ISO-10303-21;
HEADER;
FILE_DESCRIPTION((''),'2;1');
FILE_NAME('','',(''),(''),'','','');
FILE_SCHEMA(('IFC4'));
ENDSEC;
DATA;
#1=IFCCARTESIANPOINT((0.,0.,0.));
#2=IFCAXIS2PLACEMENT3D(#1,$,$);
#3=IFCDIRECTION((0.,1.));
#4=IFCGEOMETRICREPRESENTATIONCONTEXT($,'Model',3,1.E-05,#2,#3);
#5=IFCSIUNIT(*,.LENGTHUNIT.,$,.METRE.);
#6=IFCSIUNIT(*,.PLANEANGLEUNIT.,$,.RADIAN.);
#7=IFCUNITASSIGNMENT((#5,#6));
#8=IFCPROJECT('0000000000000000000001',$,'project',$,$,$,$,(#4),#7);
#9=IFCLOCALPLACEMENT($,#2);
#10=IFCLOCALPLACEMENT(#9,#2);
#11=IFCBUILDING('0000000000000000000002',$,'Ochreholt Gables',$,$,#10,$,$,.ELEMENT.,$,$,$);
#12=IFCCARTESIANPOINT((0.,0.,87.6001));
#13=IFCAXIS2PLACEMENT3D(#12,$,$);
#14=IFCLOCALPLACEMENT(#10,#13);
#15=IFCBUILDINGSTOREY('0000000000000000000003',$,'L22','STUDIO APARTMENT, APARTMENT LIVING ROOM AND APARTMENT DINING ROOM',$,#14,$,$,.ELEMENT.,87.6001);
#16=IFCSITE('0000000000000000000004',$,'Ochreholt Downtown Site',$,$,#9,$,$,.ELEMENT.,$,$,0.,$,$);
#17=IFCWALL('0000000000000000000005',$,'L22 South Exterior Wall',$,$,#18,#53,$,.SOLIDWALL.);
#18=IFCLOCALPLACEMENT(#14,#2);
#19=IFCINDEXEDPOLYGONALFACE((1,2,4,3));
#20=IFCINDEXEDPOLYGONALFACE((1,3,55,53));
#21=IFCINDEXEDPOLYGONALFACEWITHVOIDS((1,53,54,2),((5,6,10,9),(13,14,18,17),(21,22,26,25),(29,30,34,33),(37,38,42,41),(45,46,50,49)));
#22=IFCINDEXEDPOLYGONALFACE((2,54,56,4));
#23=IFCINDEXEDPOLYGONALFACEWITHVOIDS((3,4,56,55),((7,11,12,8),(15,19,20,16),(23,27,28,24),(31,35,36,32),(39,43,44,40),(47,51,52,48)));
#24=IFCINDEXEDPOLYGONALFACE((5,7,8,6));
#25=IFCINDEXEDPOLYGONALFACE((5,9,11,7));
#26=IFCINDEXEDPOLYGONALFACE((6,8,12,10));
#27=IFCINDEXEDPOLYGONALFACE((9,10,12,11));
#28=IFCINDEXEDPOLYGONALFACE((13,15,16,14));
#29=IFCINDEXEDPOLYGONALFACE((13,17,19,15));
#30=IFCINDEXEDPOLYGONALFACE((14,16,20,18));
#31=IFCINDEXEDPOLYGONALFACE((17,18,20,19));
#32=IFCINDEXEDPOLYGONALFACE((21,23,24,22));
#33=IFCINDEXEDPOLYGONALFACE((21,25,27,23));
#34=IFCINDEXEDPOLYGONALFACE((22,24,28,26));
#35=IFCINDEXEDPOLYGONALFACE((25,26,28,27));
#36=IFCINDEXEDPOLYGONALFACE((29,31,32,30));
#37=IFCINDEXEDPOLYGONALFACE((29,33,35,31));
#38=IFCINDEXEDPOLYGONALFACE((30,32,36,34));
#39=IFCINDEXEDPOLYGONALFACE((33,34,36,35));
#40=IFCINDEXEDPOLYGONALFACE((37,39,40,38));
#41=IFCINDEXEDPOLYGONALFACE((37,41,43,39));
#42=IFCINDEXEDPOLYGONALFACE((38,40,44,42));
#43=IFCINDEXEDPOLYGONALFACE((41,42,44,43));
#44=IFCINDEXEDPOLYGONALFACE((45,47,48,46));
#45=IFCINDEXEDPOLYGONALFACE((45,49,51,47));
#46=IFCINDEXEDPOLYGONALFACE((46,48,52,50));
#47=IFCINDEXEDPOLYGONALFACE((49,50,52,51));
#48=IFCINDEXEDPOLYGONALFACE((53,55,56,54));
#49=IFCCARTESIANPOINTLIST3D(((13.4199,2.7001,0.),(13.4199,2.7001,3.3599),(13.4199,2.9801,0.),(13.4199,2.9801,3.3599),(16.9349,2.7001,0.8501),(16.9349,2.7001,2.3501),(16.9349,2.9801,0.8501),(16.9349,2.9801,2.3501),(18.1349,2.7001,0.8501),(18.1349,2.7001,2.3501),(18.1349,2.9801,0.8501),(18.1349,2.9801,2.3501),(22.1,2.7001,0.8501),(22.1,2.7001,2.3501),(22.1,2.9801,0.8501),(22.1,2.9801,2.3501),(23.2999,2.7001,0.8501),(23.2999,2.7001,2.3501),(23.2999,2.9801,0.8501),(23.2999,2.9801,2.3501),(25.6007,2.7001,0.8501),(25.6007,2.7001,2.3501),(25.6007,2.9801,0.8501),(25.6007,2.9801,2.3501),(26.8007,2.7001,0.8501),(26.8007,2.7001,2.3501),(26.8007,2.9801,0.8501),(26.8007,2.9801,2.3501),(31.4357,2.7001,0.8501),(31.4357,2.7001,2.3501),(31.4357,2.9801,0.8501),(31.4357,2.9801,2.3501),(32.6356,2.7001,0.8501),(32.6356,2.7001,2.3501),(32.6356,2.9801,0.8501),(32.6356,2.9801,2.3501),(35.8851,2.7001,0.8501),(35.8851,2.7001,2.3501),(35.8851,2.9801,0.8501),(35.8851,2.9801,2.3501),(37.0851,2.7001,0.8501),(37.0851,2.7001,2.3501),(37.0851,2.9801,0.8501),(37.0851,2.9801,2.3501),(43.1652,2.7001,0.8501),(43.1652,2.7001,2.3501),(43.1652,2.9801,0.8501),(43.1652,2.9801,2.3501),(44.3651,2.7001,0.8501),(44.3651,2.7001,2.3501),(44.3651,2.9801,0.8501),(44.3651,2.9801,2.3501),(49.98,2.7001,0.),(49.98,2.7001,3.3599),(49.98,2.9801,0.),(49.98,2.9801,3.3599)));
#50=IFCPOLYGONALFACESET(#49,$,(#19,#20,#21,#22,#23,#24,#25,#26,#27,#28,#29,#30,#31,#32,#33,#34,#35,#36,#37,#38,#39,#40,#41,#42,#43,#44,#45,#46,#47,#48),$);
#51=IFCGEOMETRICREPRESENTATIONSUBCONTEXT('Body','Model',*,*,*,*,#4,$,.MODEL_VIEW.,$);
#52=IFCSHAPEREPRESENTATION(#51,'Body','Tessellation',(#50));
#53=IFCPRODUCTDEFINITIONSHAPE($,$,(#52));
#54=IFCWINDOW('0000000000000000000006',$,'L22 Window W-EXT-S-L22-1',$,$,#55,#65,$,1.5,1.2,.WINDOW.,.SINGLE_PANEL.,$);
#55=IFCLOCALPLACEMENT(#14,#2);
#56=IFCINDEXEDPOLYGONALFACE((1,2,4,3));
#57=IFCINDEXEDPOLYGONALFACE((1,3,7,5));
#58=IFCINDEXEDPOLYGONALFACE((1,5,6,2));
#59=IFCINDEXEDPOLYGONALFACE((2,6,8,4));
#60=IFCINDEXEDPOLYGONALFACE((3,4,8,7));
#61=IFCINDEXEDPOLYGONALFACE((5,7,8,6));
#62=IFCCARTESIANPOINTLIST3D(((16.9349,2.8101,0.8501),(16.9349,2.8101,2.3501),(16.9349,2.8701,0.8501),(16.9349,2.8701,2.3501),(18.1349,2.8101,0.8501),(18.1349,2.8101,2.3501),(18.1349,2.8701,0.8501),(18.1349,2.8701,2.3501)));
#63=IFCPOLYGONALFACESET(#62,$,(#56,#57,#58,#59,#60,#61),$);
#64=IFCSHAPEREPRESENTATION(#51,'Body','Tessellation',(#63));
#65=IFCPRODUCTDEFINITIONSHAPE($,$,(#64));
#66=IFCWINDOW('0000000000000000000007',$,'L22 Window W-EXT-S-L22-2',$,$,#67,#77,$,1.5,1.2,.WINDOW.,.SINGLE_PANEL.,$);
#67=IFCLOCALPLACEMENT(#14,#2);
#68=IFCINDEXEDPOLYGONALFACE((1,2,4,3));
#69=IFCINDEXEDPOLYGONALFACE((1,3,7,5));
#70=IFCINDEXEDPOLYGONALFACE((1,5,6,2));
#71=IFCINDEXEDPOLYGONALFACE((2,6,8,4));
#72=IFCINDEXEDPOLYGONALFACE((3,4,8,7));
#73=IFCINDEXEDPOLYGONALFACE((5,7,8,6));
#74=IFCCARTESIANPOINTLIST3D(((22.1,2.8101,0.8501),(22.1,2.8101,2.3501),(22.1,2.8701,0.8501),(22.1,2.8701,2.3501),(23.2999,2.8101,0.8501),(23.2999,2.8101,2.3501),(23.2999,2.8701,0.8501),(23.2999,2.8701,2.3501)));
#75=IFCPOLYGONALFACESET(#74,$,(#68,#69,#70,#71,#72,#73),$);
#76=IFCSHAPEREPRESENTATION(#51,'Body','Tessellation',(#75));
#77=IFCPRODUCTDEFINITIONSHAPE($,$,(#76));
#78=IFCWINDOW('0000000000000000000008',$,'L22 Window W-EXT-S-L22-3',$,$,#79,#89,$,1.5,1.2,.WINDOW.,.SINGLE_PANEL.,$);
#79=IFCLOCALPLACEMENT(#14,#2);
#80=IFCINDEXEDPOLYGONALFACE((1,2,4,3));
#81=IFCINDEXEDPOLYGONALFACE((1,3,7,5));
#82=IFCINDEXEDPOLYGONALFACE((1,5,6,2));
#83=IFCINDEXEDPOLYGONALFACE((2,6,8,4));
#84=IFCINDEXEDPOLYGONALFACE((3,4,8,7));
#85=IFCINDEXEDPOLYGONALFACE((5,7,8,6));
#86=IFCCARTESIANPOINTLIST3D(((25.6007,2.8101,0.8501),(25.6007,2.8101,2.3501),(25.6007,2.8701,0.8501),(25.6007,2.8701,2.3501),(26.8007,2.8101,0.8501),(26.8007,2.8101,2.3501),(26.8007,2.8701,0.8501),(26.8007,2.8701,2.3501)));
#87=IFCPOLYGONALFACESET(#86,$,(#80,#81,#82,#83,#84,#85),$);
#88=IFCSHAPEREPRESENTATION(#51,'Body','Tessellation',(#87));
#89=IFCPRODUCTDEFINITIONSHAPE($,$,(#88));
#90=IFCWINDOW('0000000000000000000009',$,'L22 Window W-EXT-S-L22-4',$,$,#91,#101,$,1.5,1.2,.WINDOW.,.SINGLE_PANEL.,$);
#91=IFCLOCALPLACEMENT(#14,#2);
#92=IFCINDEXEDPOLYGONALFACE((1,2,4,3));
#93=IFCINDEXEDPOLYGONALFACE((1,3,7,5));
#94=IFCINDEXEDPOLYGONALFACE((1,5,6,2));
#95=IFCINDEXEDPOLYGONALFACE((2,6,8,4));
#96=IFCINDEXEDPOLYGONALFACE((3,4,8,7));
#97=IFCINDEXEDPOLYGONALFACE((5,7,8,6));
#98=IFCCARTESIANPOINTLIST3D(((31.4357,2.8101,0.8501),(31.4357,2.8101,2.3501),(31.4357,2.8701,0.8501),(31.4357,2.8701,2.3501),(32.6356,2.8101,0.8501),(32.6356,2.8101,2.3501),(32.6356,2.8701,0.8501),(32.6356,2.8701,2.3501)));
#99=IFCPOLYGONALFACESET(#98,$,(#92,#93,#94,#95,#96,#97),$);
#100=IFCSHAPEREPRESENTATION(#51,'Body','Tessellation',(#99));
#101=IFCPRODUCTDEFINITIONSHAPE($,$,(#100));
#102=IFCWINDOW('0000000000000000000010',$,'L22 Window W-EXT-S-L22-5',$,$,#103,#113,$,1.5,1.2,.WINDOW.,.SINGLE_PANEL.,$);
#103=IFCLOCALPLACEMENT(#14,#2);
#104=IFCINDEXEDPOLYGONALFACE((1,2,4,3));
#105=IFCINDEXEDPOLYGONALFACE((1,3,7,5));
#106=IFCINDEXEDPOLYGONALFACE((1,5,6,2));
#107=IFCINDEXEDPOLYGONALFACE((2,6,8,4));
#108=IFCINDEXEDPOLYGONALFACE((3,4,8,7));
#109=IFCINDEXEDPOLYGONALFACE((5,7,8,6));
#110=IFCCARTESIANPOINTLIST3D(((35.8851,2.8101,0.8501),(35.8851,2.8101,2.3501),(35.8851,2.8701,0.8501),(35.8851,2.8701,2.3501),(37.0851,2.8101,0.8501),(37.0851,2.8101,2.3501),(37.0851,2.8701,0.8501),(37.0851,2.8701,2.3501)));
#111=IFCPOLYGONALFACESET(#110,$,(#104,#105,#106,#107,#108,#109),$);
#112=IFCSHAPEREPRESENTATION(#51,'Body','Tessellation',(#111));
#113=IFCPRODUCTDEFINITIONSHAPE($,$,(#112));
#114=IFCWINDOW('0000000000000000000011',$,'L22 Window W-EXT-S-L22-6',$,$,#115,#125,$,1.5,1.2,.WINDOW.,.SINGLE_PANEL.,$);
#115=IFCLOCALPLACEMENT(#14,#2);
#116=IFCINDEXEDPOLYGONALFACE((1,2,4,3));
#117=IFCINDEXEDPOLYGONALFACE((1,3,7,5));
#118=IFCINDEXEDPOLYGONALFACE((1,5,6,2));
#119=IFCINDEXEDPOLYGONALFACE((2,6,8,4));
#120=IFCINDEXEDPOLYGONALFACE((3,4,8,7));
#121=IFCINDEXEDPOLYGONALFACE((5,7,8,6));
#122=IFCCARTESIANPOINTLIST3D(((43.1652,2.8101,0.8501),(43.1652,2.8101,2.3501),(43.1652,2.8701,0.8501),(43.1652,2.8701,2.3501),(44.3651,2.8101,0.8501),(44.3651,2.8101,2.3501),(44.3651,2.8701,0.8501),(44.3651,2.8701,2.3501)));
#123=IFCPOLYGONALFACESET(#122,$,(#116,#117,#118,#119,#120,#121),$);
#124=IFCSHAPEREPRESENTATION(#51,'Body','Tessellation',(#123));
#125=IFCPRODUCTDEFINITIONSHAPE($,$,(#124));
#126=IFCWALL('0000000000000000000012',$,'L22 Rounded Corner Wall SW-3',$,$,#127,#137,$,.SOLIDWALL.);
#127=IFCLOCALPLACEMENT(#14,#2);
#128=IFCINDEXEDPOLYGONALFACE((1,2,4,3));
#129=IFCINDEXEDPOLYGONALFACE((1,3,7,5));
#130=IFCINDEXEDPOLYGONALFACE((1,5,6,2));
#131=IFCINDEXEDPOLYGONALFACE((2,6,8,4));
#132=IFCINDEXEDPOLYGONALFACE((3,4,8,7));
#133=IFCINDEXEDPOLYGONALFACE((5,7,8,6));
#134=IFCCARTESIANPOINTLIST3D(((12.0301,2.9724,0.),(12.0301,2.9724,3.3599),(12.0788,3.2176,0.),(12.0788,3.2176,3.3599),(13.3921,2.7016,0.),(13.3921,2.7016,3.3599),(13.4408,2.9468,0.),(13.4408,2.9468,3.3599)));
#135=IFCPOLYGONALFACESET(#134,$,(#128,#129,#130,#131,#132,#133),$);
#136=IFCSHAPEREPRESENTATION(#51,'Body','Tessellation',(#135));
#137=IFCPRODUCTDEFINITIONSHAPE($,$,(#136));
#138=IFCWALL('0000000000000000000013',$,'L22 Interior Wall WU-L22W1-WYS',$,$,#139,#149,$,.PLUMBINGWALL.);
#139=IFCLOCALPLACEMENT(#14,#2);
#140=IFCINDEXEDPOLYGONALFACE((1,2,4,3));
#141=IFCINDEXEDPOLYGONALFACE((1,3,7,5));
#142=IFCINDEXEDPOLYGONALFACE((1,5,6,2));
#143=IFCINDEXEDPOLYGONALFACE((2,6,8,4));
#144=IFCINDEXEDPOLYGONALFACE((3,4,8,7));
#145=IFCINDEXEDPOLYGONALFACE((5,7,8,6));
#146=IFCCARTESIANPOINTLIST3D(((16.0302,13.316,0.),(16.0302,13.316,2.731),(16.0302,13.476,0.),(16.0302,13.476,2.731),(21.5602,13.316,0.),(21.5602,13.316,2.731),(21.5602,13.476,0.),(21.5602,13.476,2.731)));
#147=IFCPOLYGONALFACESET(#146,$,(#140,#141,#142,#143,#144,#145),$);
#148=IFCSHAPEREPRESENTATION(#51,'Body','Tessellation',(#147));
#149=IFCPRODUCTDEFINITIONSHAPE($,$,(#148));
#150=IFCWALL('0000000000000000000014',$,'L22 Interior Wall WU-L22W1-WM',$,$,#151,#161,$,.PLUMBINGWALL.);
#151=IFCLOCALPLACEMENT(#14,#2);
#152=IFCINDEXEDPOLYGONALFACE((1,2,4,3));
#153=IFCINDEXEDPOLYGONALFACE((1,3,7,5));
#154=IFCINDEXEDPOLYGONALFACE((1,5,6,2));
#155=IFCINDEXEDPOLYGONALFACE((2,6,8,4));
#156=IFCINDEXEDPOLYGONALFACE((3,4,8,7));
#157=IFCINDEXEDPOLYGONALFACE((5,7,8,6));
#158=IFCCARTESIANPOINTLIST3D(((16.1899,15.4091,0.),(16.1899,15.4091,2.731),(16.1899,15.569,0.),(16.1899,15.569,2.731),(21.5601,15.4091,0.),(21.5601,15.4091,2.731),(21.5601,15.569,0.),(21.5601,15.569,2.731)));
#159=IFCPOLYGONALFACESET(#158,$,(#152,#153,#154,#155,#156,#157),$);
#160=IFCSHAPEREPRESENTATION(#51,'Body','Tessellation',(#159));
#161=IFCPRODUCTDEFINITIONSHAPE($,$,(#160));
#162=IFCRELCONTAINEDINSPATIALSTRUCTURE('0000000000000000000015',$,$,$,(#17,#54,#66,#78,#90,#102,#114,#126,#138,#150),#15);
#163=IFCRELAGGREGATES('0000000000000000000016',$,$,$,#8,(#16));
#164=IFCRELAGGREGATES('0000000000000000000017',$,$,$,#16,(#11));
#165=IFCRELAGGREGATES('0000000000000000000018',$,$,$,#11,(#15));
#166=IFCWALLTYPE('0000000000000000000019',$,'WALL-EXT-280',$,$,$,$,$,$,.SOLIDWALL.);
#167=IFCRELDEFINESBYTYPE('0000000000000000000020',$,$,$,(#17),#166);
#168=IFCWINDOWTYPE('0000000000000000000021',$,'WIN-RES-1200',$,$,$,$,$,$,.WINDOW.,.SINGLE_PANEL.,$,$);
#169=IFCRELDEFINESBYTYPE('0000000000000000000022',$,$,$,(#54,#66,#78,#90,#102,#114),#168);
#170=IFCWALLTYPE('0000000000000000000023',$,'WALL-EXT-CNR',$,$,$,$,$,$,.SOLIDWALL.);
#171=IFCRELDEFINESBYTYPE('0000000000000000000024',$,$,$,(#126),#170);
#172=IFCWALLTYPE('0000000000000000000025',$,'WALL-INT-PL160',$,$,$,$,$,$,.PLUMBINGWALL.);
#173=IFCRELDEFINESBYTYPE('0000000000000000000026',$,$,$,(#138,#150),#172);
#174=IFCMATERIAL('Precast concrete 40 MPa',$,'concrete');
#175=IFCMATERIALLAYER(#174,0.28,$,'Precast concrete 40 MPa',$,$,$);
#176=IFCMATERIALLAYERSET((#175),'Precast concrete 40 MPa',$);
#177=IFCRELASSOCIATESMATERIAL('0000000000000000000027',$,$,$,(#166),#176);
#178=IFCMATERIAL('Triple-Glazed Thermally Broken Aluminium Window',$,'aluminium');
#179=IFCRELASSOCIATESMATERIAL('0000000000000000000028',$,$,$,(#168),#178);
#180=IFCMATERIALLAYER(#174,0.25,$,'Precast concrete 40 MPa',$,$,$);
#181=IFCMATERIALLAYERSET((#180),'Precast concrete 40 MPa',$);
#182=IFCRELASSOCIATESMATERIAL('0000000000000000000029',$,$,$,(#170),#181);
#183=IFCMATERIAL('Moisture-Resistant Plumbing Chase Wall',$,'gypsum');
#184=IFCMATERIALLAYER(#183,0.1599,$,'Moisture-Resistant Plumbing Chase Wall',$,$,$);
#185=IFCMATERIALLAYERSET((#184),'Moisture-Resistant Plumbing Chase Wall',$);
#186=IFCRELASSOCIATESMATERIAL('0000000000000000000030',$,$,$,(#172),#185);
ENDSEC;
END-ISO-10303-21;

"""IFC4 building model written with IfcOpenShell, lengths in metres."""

from ifc_helpers import new_model, si_unit, direction, frame, frame_2d, origin, place, context, subcontext, project, spatial, rectangle, extrude, material, layer, layer_set, type_object, element, fill, save


model = new_model("IFC4")

# Units and contexts
model_context = context("Model", 3, precision=1e-05, world=origin(), true_north=direction((0.0, 1.0)))
body_context = subcontext(model_context, "Body", "Model", "MODEL_VIEW")
ifc_project = project(units=[si_unit("LENGTHUNIT", "METRE"), si_unit("PLANEANGLEUNIT", "RADIAN")], contexts=[model_context])

# Site, building, storey
site_placement = place(None, origin())
site = spatial("IfcSite", under=ifc_project, at=site_placement, Name="Ochreholt Downtown Site", CompositionType="ELEMENT", RefElevation=0.0)
building_placement = place(site_placement, origin())
building = spatial("IfcBuilding", under=site, at=building_placement, Name="Ochreholt Gables", CompositionType="ELEMENT")
storey_placement = place(building_placement, frame((0.0, 0.0, 87.6001)))
storey = spatial("IfcBuildingStorey", under=building, at=storey_placement, Name="L22", Description="STUDIO APARTMENT, APARTMENT LIVING ROOM AND APARTMENT DINING ROOM", CompositionType="ELEMENT", Elevation=87.6001)

# Wall, openings, windows
ifc_material_1 = material(Name="Precast concrete 40 MPa", Category="concrete")
ifc_layer_1 = layer(ifc_material_1, 0.28, Name="Precast concrete 40 MPa")
ifc_layer_set_1 = layer_set([ifc_layer_1], Name="Precast concrete 40 MPa")
wall_type_1 = type_object("IfcWallType", Name="WALL-EXT-280", PredefinedType="SOLIDWALL", material=ifc_layer_set_1)
wall_1_placement = place(storey_placement, frame((13.4199, 2.8401, 0.0), z_axis=(0.0, 0.0, 1.0), x_axis=(1.0, 0.0, 0.0)))
wall_1 = element("IfcWall", 1, at=wall_1_placement, inside=storey, type_object=wall_type_1, Name="L22 South Exterior Wall", PredefinedType="SOLIDWALL", context=body_context, shape_type="SweptSolid", body=[
    extrude(rectangle(XDim=36.5601, YDim=0.28, at=frame_2d((18.28, 0.0))), origin(), (0.0, 0.0, 1.0), 3.3599),
])
opening_1_placement = place(wall_1_placement, frame((3.5149, 0.0, 0.8501)))
opening_1 = element("IfcOpeningElement", 2, at=opening_1_placement, cuts=wall_1, PredefinedType="OPENING", context=body_context, shape_type="SweptSolid", body=[
    extrude(rectangle(XDim=1.2, YDim=1.5, at=frame_2d((0.6001, 0.75))), frame((0.0, 0.1499, 0.0), z_axis=(0.0, -1.0, 0.0), x_axis=(1.0, 0.0, 0.0)), (0.0, 0.0, 1.0), 0.3),
])
opening_2_placement = place(wall_1_placement, frame((8.6799, 0.0, 0.8501)))
opening_2 = element("IfcOpeningElement", 3, at=opening_2_placement, cuts=wall_1, PredefinedType="OPENING", context=body_context, shape_type="SweptSolid", body=[
    extrude(rectangle(XDim=1.2, YDim=1.5, at=frame_2d((0.6001, 0.75))), frame((0.0, 0.1499, 0.0), z_axis=(0.0, -1.0, 0.0), x_axis=(1.0, 0.0, 0.0)), (0.0, 0.0, 1.0), 0.3),
])
opening_3_placement = place(wall_1_placement, frame((12.1807, 0.0, 0.8501)))
opening_3 = element("IfcOpeningElement", 4, at=opening_3_placement, cuts=wall_1, PredefinedType="OPENING", context=body_context, shape_type="SweptSolid", body=[
    extrude(rectangle(XDim=1.2, YDim=1.5, at=frame_2d((0.6001, 0.75))), frame((0.0, 0.1499, 0.0), z_axis=(0.0, -1.0, 0.0), x_axis=(1.0, 0.0, 0.0)), (0.0, 0.0, 1.0), 0.3),
])
opening_4_placement = place(wall_1_placement, frame((18.0156, 0.0, 0.8501)))
opening_4 = element("IfcOpeningElement", 5, at=opening_4_placement, cuts=wall_1, PredefinedType="OPENING", context=body_context, shape_type="SweptSolid", body=[
    extrude(rectangle(XDim=1.2, YDim=1.5, at=frame_2d((0.6001, 0.75))), frame((0.0, 0.1499, 0.0), z_axis=(0.0, -1.0, 0.0), x_axis=(1.0, 0.0, 0.0)), (0.0, 0.0, 1.0), 0.3),
])
opening_5_placement = place(wall_1_placement, frame((22.4651, 0.0, 0.8501)))
opening_5 = element("IfcOpeningElement", 6, at=opening_5_placement, cuts=wall_1, PredefinedType="OPENING", context=body_context, shape_type="SweptSolid", body=[
    extrude(rectangle(XDim=1.2, YDim=1.5, at=frame_2d((0.6001, 0.75))), frame((0.0, 0.1499, 0.0), z_axis=(0.0, -1.0, 0.0), x_axis=(1.0, 0.0, 0.0)), (0.0, 0.0, 1.0), 0.3),
])
opening_6_placement = place(wall_1_placement, frame((29.7451, 0.0, 0.8501)))
opening_6 = element("IfcOpeningElement", 7, at=opening_6_placement, cuts=wall_1, PredefinedType="OPENING", context=body_context, shape_type="SweptSolid", body=[
    extrude(rectangle(XDim=1.2, YDim=1.5, at=frame_2d((0.6001, 0.75))), frame((0.0, 0.1499, 0.0), z_axis=(0.0, -1.0, 0.0), x_axis=(1.0, 0.0, 0.0)), (0.0, 0.0, 1.0), 0.3),
])
ifc_material_2 = material(Name="Triple-Glazed Thermally Broken Aluminium Window", Category="aluminium")
window_type = type_object("IfcWindowType", Name="WIN-RES-1200", PartitioningType="SINGLE_PANEL", PredefinedType="WINDOW", material=ifc_material_2)
window_1_placement = place(opening_1_placement, origin())
window_1 = element("IfcWindow", 8, at=window_1_placement, inside=storey, type_object=window_type, Name="L22 Window W-EXT-S-L22-1", OverallHeight=1.5, OverallWidth=1.2, PartitioningType="SINGLE_PANEL", PredefinedType="WINDOW", context=body_context, shape_type="SweptSolid", body=[
    extrude(rectangle(XDim=1.2, YDim=1.5, at=frame_2d((0.6001, 0.75))), frame((0.0, 0.03, 0.0), z_axis=(0.0, -1.0, 0.0), x_axis=(1.0, 0.0, 0.0)), (0.0, 0.0, 1.0), 0.0601),
])
fill(opening_1, window_1)
window_2_placement = place(opening_2_placement, origin())
window_2 = element("IfcWindow", 9, at=window_2_placement, inside=storey, type_object=window_type, Name="L22 Window W-EXT-S-L22-2", OverallHeight=1.5, OverallWidth=1.2, PartitioningType="SINGLE_PANEL", PredefinedType="WINDOW", context=body_context, shape_type="SweptSolid", body=[
    extrude(rectangle(XDim=1.2, YDim=1.5, at=frame_2d((0.6001, 0.75))), frame((0.0, 0.03, 0.0), z_axis=(0.0, -1.0, 0.0), x_axis=(1.0, 0.0, 0.0)), (0.0, 0.0, 1.0), 0.0601),
])
fill(opening_2, window_2)
window_3_placement = place(opening_3_placement, origin())
window_3 = element("IfcWindow", 10, at=window_3_placement, inside=storey, type_object=window_type, Name="L22 Window W-EXT-S-L22-3", OverallHeight=1.5, OverallWidth=1.2, PartitioningType="SINGLE_PANEL", PredefinedType="WINDOW", context=body_context, shape_type="SweptSolid", body=[
    extrude(rectangle(XDim=1.2, YDim=1.5, at=frame_2d((0.6001, 0.75))), frame((0.0, 0.03, 0.0), z_axis=(0.0, -1.0, 0.0), x_axis=(1.0, 0.0, 0.0)), (0.0, 0.0, 1.0), 0.0601),
])
fill(opening_3, window_3)
window_4_placement = place(opening_4_placement, origin())
window_4 = element("IfcWindow", 11, at=window_4_placement, inside=storey, type_object=window_type, Name="L22 Window W-EXT-S-L22-4", OverallHeight=1.5, OverallWidth=1.2, PartitioningType="SINGLE_PANEL", PredefinedType="WINDOW", context=body_context, shape_type="SweptSolid", body=[
    extrude(rectangle(XDim=1.2, YDim=1.5, at=frame_2d((0.6001, 0.75))), frame((0.0, 0.03, 0.0), z_axis=(0.0, -1.0, 0.0), x_axis=(1.0, 0.0, 0.0)), (0.0, 0.0, 1.0), 0.0601),
])
fill(opening_4, window_4)
window_5_placement = place(opening_5_placement, origin())
window_5 = element("IfcWindow", 12, at=window_5_placement, inside=storey, type_object=window_type, Name="L22 Window W-EXT-S-L22-5", OverallHeight=1.5, OverallWidth=1.2, PartitioningType="SINGLE_PANEL", PredefinedType="WINDOW", context=body_context, shape_type="SweptSolid", body=[
    extrude(rectangle(XDim=1.2, YDim=1.5, at=frame_2d((0.6001, 0.75))), frame((0.0, 0.03, 0.0), z_axis=(0.0, -1.0, 0.0), x_axis=(1.0, 0.0, 0.0)), (0.0, 0.0, 1.0), 0.0601),
])
fill(opening_5, window_5)
window_6_placement = place(opening_6_placement, origin())
window_6 = element("IfcWindow", 13, at=window_6_placement, inside=storey, type_object=window_type, Name="L22 Window W-EXT-S-L22-6", OverallHeight=1.5, OverallWidth=1.2, PartitioningType="SINGLE_PANEL", PredefinedType="WINDOW", context=body_context, shape_type="SweptSolid", body=[
    extrude(rectangle(XDim=1.2, YDim=1.5, at=frame_2d((0.6001, 0.75))), frame((0.0, 0.03, 0.0), z_axis=(0.0, -1.0, 0.0), x_axis=(1.0, 0.0, 0.0)), (0.0, 0.0, 1.0), 0.0601),
])
fill(opening_6, window_6)

# Walls
ifc_layer_2 = layer(ifc_material_1, 0.25, Name="Precast concrete 40 MPa")
ifc_layer_set_2 = layer_set([ifc_layer_2], Name="Precast concrete 40 MPa")
wall_type_2 = type_object("IfcWallType", Name="WALL-EXT-CNR", PredefinedType="SOLIDWALL", material=ifc_layer_set_2)
wall_2_placement = place(storey_placement, frame((12.0544, 3.095, 0.0), z_axis=(0.0, 0.0, 1.0), x_axis=(0.98081, -0.194967, 0.0)))
element("IfcWall", 14, at=wall_2_placement, inside=storey, type_object=wall_type_2, Name="L22 Rounded Corner Wall SW-3", PredefinedType="SOLIDWALL", context=body_context, shape_type="SweptSolid", body=[
    extrude(rectangle(XDim=1.3887, YDim=0.25, at=frame_2d((0.6943, 0.0))), origin(), (0.0, 0.0, 1.0), 3.3599),
])
ifc_material_3 = material(Name="Moisture-Resistant Plumbing Chase Wall", Category="gypsum")
ifc_layer_3 = layer(ifc_material_3, 0.1599, Name="Moisture-Resistant Plumbing Chase Wall")
ifc_layer_set_3 = layer_set([ifc_layer_3], Name="Moisture-Resistant Plumbing Chase Wall")
wall_type_3 = type_object("IfcWallType", Name="WALL-INT-PL160", PredefinedType="PLUMBINGWALL", material=ifc_layer_set_3)
wall_3_placement = place(storey_placement, frame((16.03, 13.396, 0.0), z_axis=(0.0, 0.0, 1.0), x_axis=(1.0, 0.0, 0.0)))
element("IfcWall", 15, at=wall_3_placement, inside=storey, type_object=wall_type_3, Name="L22 Interior Wall WU-L22W1-WYS", PredefinedType="PLUMBINGWALL", context=body_context, shape_type="SweptSolid", body=[
    extrude(rectangle(XDim=5.53, YDim=0.1599, at=frame_2d((2.7651, 0.0))), origin(), (0.0, 0.0, 1.0), 2.731),
])

# Wall
wall_4_placement = place(storey_placement, frame((16.1899, 15.489, 0.0), z_axis=(0.0, 0.0, 1.0), x_axis=(1.0, 0.0, 0.0)))
element("IfcWall", 16, at=wall_4_placement, inside=storey, type_object=wall_type_3, Name="L22 Interior Wall WU-L22W1-WM", PredefinedType="PLUMBINGWALL", context=body_context, shape_type="SweptSolid", body=[
    extrude(rectangle(XDim=5.3701, YDim=0.1599, at=frame_2d((2.6851, 0.0))), origin(), (0.0, 0.0, 1.0), 2.731),
])

save(model, "model.ifc")
